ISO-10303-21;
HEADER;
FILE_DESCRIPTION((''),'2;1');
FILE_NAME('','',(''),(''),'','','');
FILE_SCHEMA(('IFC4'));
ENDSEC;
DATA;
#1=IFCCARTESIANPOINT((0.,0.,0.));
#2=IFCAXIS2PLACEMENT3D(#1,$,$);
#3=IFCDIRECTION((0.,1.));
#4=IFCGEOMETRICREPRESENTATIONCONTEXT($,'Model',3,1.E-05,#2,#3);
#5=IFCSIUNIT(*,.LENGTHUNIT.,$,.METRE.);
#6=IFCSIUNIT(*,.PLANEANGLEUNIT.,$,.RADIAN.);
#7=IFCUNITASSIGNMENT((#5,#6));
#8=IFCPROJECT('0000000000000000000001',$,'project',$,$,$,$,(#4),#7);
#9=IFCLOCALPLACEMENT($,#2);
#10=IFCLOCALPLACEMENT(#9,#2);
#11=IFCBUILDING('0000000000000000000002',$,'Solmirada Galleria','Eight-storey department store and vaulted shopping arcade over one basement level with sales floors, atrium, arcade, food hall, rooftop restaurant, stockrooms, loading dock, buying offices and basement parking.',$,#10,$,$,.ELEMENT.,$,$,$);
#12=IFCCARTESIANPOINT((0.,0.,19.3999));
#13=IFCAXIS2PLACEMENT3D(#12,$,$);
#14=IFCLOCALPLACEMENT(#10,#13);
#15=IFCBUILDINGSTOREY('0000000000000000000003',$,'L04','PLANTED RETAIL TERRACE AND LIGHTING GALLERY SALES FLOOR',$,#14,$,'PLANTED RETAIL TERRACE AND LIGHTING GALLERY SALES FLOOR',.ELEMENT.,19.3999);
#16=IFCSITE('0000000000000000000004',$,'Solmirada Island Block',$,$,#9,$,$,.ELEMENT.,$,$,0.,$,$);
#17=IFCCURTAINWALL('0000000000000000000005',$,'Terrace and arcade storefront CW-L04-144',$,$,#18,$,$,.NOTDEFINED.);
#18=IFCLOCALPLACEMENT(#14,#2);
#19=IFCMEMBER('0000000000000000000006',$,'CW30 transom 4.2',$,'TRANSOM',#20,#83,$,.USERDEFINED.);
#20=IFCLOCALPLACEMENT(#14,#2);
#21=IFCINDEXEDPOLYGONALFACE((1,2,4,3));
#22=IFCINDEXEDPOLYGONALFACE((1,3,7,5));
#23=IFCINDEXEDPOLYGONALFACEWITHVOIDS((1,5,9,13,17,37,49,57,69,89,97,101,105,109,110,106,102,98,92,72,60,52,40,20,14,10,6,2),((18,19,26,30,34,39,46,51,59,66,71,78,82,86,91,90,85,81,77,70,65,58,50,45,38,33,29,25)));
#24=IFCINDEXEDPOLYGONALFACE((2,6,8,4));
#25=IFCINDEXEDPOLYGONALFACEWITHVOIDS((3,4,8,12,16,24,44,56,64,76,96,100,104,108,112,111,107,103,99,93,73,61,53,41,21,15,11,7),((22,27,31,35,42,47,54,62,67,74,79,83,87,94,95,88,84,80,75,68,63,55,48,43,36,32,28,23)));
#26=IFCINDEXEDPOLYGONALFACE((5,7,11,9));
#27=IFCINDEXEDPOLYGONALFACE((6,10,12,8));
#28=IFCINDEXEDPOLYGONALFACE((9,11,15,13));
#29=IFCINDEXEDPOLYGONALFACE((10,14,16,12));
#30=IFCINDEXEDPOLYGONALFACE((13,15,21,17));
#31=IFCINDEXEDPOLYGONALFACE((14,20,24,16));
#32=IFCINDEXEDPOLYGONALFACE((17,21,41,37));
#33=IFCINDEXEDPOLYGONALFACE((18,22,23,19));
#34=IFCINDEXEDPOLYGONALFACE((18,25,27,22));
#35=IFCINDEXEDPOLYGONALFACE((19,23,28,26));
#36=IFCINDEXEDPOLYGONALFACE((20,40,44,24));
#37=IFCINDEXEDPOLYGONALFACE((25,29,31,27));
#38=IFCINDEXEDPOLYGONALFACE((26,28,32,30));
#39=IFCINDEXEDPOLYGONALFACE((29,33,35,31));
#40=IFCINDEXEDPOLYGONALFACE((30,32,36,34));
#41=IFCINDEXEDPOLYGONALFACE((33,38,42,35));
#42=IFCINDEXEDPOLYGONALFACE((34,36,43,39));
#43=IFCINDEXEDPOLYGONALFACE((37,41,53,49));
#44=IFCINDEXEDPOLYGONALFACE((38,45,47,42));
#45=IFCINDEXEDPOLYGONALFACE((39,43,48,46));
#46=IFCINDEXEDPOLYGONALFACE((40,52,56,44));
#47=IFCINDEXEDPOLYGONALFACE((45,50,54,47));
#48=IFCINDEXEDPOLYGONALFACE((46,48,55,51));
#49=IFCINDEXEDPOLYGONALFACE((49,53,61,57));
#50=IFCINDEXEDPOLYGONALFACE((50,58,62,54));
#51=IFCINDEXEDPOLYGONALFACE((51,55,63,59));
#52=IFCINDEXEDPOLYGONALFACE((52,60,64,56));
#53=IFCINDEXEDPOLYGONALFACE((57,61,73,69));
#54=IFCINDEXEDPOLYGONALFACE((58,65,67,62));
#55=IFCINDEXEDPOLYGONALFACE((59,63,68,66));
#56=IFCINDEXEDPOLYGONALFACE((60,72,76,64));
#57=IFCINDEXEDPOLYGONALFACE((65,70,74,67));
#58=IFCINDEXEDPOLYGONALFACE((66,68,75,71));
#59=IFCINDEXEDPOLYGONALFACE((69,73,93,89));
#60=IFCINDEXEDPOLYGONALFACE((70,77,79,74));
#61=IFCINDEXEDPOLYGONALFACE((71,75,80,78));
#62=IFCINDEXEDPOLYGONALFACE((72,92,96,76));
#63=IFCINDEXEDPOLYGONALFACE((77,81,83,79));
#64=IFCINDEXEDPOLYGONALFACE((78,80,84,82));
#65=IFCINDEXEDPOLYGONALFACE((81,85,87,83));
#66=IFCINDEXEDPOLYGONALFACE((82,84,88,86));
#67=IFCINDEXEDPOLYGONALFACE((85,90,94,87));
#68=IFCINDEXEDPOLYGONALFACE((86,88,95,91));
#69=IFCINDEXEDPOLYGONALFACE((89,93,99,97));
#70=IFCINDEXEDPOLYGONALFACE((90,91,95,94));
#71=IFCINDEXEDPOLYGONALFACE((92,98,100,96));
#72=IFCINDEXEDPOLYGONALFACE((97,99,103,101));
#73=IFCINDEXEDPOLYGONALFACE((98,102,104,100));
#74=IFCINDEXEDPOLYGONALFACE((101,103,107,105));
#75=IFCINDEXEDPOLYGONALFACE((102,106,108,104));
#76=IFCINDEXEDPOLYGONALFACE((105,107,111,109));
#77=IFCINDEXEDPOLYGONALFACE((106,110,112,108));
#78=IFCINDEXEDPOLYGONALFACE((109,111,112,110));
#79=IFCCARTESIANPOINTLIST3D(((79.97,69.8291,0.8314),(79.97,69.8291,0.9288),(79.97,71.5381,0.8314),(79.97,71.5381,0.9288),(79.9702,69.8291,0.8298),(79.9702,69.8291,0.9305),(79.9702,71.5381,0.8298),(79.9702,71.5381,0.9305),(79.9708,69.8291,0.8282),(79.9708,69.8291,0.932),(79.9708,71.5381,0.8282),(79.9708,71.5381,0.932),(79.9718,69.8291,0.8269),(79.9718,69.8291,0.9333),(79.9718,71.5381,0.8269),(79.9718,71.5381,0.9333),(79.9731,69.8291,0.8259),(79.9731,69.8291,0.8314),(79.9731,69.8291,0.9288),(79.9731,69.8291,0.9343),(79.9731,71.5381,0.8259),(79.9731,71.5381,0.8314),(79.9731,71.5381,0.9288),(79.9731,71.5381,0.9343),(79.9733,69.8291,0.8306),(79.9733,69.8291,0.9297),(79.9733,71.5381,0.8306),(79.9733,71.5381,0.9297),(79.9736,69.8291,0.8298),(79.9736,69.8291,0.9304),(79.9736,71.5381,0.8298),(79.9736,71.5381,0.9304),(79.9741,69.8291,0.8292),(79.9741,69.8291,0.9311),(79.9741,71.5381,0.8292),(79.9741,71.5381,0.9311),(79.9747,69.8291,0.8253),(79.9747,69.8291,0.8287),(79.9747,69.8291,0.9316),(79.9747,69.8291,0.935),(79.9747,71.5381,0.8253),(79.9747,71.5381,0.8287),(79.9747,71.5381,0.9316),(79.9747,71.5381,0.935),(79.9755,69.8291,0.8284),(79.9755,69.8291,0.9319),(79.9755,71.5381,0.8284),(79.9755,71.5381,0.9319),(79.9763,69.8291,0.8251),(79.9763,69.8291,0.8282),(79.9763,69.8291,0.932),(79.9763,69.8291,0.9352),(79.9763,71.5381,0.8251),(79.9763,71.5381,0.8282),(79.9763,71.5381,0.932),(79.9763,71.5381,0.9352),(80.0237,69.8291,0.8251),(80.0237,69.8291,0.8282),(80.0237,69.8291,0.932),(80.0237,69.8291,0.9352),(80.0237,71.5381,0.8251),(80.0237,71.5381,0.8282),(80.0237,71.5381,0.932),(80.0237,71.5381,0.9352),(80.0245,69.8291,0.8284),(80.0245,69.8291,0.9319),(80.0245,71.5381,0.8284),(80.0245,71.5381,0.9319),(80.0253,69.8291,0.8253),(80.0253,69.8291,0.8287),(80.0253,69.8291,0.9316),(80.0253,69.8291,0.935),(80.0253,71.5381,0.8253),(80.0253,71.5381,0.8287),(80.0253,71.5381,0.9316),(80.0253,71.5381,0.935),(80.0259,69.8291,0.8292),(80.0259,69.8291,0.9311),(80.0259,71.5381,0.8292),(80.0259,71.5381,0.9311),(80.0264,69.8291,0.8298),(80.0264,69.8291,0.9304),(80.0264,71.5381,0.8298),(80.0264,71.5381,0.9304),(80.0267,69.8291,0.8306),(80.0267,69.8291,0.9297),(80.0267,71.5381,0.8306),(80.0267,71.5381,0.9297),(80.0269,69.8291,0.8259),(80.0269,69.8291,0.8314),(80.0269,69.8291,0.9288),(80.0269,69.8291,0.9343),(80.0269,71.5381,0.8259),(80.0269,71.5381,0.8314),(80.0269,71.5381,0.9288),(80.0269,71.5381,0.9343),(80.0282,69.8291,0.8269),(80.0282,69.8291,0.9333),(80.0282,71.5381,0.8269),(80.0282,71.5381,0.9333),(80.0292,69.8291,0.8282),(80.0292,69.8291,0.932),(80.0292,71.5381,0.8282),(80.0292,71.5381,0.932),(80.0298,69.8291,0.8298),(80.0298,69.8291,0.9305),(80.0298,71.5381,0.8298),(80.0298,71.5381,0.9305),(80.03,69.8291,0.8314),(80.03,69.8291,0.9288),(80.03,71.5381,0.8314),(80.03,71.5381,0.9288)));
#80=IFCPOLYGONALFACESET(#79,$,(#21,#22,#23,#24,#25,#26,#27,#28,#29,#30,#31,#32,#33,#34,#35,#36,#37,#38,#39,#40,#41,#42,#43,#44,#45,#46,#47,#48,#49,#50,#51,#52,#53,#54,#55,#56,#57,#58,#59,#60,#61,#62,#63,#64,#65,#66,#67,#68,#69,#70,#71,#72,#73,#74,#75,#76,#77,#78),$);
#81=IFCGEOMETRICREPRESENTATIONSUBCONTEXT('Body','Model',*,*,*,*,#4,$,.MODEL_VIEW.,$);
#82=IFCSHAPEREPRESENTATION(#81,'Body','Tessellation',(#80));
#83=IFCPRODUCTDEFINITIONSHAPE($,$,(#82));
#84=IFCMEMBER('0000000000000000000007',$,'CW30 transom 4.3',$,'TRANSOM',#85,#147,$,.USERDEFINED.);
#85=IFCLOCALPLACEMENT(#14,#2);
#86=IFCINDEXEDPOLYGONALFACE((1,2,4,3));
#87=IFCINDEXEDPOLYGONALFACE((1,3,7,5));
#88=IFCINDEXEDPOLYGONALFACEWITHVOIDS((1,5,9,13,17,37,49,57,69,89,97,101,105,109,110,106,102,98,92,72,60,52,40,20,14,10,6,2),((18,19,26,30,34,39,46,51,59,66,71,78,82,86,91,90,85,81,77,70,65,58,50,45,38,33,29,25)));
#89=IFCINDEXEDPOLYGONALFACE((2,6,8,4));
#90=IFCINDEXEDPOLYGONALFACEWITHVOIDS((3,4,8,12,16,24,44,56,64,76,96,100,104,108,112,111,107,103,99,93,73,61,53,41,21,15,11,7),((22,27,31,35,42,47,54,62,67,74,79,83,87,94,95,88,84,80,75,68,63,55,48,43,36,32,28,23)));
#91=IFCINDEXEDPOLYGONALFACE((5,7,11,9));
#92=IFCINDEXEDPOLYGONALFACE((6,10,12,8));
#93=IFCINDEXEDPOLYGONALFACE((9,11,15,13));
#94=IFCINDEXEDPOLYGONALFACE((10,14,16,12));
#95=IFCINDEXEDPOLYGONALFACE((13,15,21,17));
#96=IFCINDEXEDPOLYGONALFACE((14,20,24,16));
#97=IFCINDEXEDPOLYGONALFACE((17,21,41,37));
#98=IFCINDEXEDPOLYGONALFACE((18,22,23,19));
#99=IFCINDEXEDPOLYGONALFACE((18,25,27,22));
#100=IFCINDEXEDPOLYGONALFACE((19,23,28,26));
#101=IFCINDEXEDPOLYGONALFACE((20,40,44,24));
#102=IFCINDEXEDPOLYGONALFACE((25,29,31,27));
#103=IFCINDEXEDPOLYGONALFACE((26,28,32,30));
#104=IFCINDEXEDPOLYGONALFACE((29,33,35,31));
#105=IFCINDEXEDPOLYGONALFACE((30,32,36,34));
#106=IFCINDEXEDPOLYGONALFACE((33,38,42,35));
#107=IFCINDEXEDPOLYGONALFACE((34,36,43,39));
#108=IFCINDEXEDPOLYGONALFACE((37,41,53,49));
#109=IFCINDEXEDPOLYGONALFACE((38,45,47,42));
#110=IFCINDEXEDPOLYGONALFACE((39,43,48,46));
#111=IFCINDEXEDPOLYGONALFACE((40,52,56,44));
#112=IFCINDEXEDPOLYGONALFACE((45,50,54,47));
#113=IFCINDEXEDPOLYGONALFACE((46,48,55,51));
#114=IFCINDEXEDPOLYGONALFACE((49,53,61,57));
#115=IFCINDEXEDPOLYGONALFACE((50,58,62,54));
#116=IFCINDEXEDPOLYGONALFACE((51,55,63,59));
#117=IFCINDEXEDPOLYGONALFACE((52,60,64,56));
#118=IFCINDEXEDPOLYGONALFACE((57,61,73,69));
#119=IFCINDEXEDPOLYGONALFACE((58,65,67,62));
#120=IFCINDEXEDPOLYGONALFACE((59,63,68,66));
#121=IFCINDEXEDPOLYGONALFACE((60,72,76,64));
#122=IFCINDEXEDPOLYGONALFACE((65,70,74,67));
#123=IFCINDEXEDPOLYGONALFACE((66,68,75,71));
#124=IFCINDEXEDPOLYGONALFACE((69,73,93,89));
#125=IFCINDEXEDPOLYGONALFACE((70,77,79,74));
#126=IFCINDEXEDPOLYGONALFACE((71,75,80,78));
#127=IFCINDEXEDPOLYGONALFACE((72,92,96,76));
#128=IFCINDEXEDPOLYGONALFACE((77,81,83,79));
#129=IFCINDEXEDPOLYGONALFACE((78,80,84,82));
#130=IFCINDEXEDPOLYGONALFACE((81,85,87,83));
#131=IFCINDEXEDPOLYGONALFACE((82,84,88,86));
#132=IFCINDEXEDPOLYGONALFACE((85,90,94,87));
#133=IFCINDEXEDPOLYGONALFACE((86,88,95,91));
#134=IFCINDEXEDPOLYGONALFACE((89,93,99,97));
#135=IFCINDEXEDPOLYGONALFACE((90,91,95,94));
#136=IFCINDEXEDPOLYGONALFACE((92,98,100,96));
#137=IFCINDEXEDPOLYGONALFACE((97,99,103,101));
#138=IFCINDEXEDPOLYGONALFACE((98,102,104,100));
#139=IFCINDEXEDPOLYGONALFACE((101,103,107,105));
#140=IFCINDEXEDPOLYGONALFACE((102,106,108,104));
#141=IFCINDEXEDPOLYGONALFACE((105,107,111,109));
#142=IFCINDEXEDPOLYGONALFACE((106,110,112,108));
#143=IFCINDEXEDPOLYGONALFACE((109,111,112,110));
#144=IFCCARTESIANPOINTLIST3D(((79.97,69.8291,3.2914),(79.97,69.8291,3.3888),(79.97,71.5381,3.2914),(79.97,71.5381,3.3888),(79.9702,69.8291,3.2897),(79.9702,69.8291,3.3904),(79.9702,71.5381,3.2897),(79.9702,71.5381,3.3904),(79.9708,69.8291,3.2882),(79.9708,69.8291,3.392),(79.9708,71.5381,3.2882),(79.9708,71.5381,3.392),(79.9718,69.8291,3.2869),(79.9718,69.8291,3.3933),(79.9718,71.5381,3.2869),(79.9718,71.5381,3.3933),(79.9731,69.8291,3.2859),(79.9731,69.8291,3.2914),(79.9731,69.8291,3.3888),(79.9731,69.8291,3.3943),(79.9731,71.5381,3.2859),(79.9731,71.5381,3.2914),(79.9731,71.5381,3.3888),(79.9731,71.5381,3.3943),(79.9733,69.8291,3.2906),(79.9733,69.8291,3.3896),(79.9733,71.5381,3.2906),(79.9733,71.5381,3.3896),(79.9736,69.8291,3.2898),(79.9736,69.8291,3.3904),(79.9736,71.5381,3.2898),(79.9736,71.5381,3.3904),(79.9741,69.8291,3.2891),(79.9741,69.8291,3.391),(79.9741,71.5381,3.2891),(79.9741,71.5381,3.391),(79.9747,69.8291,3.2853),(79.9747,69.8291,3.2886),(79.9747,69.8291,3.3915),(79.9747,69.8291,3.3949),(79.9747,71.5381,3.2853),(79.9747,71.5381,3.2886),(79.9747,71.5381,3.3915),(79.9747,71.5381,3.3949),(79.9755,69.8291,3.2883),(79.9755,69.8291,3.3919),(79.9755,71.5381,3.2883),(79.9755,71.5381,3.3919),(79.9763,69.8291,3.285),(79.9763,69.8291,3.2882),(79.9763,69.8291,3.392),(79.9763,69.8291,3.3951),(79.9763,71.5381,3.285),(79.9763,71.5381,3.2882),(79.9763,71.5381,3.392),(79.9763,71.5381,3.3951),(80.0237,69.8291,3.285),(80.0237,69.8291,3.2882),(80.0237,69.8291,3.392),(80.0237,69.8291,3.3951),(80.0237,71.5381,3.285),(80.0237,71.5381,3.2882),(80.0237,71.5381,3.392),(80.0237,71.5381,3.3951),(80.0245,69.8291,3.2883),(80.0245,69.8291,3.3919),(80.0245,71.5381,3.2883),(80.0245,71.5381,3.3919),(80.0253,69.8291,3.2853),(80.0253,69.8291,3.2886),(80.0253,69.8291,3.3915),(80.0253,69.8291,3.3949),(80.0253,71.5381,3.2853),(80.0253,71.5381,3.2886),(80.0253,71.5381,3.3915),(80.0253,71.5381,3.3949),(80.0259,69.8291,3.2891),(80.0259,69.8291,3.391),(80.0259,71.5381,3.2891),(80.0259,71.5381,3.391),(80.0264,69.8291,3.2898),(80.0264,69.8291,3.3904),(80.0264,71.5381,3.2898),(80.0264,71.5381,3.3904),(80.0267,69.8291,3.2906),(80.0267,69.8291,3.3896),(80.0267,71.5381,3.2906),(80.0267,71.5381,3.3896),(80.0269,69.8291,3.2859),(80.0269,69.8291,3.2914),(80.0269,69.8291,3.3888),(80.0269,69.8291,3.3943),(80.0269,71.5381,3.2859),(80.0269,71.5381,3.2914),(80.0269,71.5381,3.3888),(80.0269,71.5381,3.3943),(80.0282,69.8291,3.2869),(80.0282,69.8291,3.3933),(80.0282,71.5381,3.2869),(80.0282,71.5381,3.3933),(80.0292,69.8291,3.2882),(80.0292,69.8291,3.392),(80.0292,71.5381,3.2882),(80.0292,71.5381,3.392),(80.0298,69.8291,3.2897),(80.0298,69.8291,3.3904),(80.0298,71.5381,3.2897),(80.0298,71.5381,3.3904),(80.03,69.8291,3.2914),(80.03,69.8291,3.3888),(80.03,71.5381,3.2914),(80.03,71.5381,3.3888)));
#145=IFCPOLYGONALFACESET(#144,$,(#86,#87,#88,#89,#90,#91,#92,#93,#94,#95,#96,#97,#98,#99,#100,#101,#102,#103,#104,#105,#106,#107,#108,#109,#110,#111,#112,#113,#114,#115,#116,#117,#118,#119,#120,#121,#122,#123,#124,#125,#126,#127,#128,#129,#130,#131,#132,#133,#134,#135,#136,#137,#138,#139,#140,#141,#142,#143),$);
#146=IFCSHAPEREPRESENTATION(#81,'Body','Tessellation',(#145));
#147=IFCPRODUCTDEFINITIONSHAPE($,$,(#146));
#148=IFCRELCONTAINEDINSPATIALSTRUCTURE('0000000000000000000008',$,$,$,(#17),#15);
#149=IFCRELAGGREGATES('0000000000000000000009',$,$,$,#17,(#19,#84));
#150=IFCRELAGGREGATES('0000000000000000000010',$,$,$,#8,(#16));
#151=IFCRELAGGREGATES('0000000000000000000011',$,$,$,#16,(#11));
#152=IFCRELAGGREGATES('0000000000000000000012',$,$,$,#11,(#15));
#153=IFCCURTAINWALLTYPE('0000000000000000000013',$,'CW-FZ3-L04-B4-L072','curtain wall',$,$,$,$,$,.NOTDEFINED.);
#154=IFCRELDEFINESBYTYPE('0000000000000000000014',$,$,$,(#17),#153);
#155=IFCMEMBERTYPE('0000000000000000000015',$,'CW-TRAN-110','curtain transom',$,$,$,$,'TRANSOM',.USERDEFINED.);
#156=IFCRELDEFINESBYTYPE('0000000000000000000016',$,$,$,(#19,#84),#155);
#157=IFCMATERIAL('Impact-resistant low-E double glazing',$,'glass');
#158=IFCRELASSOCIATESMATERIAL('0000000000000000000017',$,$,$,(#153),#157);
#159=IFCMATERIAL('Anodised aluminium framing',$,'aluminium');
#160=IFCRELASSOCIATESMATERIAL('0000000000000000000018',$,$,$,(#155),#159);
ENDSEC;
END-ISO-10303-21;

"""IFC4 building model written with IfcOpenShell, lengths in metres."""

from ifc_helpers import new_model, si_unit, direction, frame, origin, origin_2d, place, context, subcontext, project, spatial, hollow_rectangle, extrude, material, material_profile, profile_set, type_object, element, aggregate, save


model = new_model("IFC4")

# Units and contexts
model_context = context("Model", 3, precision=1e-05, world=origin(), true_north=direction((0.0, 1.0)))
body_context = subcontext(model_context, "Body", "Model", "MODEL_VIEW")
ifc_project = project(units=[si_unit("LENGTHUNIT", "METRE"), si_unit("PLANEANGLEUNIT", "RADIAN")], contexts=[model_context])

# Site, building, storey
site_placement = place(None, origin())
site = spatial("IfcSite", under=ifc_project, at=site_placement, Name="Solmirada Island Block", CompositionType="ELEMENT", RefElevation=0.0)
building_placement = place(site_placement, origin())
building = spatial("IfcBuilding", under=site, at=building_placement, Name="Solmirada Galleria", Description="Eight-storey department store and vaulted shopping arcade over one basement level with sales floors, atrium, arcade, food hall, rooftop restaurant, stockrooms, loading dock, buying offices and basement parking.", CompositionType="ELEMENT")
storey_placement = place(building_placement, frame((0.0, 0.0, 19.3999)))
storey = spatial("IfcBuildingStorey", under=building, at=storey_placement, Name="L04", Description="PLANTED RETAIL TERRACE AND LIGHTING GALLERY SALES FLOOR", LongName="PLANTED RETAIL TERRACE AND LIGHTING GALLERY SALES FLOOR", CompositionType="ELEMENT", Elevation=19.3999)

# Curtain wall
ifc_material_1 = material(Name="Impact-resistant low-E double glazing", Category="glass")
curtain_wall_type = type_object("IfcCurtainWallType", Name="CW-FZ3-L04-B4-L072", Description="curtain wall", PredefinedType="NOTDEFINED", material=ifc_material_1)
curtain_wall_1_placement = place(storey_placement, origin())
curtain_wall_1 = element("IfcCurtainWall", 1, at=curtain_wall_1_placement, inside=storey, type_object=curtain_wall_type, Name="Terrace and arcade storefront CW-L04-144", PredefinedType="NOTDEFINED")
ifc_material_2 = material(Name="Anodised aluminium framing", Category="aluminium")

# Members
ifc_material_profile_1 = material_profile(ifc_material_2, hollow_rectangle(XDim=0.0601, YDim=0.1101, WallThickness=0.0032, InnerFilletRadius=0.0032, OuterFilletRadius=0.0063, at=origin_2d()), Name="ALU-TRAN-110X60")
ifc_profile_set_1 = profile_set([ifc_material_profile_1], Name="Anodised aluminium framing")
member_type_1 = type_object("IfcMemberType", Name="CW-TRAN-110", Description="curtain transom", ElementType="TRANSOM", PredefinedType="USERDEFINED", material=ifc_profile_set_1)
member_1_placement = place(storey_placement, frame((80.0, 69.8291, 0.8801), z_axis=(0.0, 1.0, 0.0), x_axis=(-1.0, 0.0, 0.0)))
member_1 = element("IfcMember", 2, at=member_1_placement, type_object=member_type_1, Name="CW30 transom 4.2", ObjectType="TRANSOM", PredefinedType="USERDEFINED", context=body_context, shape_type="SweptSolid", body=[
    extrude(hollow_rectangle(XDim=0.0601, YDim=0.1101, WallThickness=0.0032, InnerFilletRadius=0.0032, OuterFilletRadius=0.0063, at=origin_2d()), origin(), (0.0, 0.0, 1.0), 1.709),
])
member_2_placement = place(storey_placement, frame((80.0, 69.8291, 3.3401), z_axis=(0.0, 1.0, 0.0), x_axis=(-1.0, 0.0, 0.0)))
member_2 = element("IfcMember", 3, at=member_2_placement, type_object=member_type_1, Name="CW30 transom 4.3", ObjectType="TRANSOM", PredefinedType="USERDEFINED", context=body_context, shape_type="SweptSolid", body=[
    extrude(hollow_rectangle(XDim=0.0601, YDim=0.1101, WallThickness=0.0032, InnerFilletRadius=0.0032, OuterFilletRadius=0.0063, at=origin_2d()), origin(), (0.0, 0.0, 1.0), 1.709),
])

aggregate(curtain_wall_1, [member_1, member_2])

save(model, "model.ifc")
